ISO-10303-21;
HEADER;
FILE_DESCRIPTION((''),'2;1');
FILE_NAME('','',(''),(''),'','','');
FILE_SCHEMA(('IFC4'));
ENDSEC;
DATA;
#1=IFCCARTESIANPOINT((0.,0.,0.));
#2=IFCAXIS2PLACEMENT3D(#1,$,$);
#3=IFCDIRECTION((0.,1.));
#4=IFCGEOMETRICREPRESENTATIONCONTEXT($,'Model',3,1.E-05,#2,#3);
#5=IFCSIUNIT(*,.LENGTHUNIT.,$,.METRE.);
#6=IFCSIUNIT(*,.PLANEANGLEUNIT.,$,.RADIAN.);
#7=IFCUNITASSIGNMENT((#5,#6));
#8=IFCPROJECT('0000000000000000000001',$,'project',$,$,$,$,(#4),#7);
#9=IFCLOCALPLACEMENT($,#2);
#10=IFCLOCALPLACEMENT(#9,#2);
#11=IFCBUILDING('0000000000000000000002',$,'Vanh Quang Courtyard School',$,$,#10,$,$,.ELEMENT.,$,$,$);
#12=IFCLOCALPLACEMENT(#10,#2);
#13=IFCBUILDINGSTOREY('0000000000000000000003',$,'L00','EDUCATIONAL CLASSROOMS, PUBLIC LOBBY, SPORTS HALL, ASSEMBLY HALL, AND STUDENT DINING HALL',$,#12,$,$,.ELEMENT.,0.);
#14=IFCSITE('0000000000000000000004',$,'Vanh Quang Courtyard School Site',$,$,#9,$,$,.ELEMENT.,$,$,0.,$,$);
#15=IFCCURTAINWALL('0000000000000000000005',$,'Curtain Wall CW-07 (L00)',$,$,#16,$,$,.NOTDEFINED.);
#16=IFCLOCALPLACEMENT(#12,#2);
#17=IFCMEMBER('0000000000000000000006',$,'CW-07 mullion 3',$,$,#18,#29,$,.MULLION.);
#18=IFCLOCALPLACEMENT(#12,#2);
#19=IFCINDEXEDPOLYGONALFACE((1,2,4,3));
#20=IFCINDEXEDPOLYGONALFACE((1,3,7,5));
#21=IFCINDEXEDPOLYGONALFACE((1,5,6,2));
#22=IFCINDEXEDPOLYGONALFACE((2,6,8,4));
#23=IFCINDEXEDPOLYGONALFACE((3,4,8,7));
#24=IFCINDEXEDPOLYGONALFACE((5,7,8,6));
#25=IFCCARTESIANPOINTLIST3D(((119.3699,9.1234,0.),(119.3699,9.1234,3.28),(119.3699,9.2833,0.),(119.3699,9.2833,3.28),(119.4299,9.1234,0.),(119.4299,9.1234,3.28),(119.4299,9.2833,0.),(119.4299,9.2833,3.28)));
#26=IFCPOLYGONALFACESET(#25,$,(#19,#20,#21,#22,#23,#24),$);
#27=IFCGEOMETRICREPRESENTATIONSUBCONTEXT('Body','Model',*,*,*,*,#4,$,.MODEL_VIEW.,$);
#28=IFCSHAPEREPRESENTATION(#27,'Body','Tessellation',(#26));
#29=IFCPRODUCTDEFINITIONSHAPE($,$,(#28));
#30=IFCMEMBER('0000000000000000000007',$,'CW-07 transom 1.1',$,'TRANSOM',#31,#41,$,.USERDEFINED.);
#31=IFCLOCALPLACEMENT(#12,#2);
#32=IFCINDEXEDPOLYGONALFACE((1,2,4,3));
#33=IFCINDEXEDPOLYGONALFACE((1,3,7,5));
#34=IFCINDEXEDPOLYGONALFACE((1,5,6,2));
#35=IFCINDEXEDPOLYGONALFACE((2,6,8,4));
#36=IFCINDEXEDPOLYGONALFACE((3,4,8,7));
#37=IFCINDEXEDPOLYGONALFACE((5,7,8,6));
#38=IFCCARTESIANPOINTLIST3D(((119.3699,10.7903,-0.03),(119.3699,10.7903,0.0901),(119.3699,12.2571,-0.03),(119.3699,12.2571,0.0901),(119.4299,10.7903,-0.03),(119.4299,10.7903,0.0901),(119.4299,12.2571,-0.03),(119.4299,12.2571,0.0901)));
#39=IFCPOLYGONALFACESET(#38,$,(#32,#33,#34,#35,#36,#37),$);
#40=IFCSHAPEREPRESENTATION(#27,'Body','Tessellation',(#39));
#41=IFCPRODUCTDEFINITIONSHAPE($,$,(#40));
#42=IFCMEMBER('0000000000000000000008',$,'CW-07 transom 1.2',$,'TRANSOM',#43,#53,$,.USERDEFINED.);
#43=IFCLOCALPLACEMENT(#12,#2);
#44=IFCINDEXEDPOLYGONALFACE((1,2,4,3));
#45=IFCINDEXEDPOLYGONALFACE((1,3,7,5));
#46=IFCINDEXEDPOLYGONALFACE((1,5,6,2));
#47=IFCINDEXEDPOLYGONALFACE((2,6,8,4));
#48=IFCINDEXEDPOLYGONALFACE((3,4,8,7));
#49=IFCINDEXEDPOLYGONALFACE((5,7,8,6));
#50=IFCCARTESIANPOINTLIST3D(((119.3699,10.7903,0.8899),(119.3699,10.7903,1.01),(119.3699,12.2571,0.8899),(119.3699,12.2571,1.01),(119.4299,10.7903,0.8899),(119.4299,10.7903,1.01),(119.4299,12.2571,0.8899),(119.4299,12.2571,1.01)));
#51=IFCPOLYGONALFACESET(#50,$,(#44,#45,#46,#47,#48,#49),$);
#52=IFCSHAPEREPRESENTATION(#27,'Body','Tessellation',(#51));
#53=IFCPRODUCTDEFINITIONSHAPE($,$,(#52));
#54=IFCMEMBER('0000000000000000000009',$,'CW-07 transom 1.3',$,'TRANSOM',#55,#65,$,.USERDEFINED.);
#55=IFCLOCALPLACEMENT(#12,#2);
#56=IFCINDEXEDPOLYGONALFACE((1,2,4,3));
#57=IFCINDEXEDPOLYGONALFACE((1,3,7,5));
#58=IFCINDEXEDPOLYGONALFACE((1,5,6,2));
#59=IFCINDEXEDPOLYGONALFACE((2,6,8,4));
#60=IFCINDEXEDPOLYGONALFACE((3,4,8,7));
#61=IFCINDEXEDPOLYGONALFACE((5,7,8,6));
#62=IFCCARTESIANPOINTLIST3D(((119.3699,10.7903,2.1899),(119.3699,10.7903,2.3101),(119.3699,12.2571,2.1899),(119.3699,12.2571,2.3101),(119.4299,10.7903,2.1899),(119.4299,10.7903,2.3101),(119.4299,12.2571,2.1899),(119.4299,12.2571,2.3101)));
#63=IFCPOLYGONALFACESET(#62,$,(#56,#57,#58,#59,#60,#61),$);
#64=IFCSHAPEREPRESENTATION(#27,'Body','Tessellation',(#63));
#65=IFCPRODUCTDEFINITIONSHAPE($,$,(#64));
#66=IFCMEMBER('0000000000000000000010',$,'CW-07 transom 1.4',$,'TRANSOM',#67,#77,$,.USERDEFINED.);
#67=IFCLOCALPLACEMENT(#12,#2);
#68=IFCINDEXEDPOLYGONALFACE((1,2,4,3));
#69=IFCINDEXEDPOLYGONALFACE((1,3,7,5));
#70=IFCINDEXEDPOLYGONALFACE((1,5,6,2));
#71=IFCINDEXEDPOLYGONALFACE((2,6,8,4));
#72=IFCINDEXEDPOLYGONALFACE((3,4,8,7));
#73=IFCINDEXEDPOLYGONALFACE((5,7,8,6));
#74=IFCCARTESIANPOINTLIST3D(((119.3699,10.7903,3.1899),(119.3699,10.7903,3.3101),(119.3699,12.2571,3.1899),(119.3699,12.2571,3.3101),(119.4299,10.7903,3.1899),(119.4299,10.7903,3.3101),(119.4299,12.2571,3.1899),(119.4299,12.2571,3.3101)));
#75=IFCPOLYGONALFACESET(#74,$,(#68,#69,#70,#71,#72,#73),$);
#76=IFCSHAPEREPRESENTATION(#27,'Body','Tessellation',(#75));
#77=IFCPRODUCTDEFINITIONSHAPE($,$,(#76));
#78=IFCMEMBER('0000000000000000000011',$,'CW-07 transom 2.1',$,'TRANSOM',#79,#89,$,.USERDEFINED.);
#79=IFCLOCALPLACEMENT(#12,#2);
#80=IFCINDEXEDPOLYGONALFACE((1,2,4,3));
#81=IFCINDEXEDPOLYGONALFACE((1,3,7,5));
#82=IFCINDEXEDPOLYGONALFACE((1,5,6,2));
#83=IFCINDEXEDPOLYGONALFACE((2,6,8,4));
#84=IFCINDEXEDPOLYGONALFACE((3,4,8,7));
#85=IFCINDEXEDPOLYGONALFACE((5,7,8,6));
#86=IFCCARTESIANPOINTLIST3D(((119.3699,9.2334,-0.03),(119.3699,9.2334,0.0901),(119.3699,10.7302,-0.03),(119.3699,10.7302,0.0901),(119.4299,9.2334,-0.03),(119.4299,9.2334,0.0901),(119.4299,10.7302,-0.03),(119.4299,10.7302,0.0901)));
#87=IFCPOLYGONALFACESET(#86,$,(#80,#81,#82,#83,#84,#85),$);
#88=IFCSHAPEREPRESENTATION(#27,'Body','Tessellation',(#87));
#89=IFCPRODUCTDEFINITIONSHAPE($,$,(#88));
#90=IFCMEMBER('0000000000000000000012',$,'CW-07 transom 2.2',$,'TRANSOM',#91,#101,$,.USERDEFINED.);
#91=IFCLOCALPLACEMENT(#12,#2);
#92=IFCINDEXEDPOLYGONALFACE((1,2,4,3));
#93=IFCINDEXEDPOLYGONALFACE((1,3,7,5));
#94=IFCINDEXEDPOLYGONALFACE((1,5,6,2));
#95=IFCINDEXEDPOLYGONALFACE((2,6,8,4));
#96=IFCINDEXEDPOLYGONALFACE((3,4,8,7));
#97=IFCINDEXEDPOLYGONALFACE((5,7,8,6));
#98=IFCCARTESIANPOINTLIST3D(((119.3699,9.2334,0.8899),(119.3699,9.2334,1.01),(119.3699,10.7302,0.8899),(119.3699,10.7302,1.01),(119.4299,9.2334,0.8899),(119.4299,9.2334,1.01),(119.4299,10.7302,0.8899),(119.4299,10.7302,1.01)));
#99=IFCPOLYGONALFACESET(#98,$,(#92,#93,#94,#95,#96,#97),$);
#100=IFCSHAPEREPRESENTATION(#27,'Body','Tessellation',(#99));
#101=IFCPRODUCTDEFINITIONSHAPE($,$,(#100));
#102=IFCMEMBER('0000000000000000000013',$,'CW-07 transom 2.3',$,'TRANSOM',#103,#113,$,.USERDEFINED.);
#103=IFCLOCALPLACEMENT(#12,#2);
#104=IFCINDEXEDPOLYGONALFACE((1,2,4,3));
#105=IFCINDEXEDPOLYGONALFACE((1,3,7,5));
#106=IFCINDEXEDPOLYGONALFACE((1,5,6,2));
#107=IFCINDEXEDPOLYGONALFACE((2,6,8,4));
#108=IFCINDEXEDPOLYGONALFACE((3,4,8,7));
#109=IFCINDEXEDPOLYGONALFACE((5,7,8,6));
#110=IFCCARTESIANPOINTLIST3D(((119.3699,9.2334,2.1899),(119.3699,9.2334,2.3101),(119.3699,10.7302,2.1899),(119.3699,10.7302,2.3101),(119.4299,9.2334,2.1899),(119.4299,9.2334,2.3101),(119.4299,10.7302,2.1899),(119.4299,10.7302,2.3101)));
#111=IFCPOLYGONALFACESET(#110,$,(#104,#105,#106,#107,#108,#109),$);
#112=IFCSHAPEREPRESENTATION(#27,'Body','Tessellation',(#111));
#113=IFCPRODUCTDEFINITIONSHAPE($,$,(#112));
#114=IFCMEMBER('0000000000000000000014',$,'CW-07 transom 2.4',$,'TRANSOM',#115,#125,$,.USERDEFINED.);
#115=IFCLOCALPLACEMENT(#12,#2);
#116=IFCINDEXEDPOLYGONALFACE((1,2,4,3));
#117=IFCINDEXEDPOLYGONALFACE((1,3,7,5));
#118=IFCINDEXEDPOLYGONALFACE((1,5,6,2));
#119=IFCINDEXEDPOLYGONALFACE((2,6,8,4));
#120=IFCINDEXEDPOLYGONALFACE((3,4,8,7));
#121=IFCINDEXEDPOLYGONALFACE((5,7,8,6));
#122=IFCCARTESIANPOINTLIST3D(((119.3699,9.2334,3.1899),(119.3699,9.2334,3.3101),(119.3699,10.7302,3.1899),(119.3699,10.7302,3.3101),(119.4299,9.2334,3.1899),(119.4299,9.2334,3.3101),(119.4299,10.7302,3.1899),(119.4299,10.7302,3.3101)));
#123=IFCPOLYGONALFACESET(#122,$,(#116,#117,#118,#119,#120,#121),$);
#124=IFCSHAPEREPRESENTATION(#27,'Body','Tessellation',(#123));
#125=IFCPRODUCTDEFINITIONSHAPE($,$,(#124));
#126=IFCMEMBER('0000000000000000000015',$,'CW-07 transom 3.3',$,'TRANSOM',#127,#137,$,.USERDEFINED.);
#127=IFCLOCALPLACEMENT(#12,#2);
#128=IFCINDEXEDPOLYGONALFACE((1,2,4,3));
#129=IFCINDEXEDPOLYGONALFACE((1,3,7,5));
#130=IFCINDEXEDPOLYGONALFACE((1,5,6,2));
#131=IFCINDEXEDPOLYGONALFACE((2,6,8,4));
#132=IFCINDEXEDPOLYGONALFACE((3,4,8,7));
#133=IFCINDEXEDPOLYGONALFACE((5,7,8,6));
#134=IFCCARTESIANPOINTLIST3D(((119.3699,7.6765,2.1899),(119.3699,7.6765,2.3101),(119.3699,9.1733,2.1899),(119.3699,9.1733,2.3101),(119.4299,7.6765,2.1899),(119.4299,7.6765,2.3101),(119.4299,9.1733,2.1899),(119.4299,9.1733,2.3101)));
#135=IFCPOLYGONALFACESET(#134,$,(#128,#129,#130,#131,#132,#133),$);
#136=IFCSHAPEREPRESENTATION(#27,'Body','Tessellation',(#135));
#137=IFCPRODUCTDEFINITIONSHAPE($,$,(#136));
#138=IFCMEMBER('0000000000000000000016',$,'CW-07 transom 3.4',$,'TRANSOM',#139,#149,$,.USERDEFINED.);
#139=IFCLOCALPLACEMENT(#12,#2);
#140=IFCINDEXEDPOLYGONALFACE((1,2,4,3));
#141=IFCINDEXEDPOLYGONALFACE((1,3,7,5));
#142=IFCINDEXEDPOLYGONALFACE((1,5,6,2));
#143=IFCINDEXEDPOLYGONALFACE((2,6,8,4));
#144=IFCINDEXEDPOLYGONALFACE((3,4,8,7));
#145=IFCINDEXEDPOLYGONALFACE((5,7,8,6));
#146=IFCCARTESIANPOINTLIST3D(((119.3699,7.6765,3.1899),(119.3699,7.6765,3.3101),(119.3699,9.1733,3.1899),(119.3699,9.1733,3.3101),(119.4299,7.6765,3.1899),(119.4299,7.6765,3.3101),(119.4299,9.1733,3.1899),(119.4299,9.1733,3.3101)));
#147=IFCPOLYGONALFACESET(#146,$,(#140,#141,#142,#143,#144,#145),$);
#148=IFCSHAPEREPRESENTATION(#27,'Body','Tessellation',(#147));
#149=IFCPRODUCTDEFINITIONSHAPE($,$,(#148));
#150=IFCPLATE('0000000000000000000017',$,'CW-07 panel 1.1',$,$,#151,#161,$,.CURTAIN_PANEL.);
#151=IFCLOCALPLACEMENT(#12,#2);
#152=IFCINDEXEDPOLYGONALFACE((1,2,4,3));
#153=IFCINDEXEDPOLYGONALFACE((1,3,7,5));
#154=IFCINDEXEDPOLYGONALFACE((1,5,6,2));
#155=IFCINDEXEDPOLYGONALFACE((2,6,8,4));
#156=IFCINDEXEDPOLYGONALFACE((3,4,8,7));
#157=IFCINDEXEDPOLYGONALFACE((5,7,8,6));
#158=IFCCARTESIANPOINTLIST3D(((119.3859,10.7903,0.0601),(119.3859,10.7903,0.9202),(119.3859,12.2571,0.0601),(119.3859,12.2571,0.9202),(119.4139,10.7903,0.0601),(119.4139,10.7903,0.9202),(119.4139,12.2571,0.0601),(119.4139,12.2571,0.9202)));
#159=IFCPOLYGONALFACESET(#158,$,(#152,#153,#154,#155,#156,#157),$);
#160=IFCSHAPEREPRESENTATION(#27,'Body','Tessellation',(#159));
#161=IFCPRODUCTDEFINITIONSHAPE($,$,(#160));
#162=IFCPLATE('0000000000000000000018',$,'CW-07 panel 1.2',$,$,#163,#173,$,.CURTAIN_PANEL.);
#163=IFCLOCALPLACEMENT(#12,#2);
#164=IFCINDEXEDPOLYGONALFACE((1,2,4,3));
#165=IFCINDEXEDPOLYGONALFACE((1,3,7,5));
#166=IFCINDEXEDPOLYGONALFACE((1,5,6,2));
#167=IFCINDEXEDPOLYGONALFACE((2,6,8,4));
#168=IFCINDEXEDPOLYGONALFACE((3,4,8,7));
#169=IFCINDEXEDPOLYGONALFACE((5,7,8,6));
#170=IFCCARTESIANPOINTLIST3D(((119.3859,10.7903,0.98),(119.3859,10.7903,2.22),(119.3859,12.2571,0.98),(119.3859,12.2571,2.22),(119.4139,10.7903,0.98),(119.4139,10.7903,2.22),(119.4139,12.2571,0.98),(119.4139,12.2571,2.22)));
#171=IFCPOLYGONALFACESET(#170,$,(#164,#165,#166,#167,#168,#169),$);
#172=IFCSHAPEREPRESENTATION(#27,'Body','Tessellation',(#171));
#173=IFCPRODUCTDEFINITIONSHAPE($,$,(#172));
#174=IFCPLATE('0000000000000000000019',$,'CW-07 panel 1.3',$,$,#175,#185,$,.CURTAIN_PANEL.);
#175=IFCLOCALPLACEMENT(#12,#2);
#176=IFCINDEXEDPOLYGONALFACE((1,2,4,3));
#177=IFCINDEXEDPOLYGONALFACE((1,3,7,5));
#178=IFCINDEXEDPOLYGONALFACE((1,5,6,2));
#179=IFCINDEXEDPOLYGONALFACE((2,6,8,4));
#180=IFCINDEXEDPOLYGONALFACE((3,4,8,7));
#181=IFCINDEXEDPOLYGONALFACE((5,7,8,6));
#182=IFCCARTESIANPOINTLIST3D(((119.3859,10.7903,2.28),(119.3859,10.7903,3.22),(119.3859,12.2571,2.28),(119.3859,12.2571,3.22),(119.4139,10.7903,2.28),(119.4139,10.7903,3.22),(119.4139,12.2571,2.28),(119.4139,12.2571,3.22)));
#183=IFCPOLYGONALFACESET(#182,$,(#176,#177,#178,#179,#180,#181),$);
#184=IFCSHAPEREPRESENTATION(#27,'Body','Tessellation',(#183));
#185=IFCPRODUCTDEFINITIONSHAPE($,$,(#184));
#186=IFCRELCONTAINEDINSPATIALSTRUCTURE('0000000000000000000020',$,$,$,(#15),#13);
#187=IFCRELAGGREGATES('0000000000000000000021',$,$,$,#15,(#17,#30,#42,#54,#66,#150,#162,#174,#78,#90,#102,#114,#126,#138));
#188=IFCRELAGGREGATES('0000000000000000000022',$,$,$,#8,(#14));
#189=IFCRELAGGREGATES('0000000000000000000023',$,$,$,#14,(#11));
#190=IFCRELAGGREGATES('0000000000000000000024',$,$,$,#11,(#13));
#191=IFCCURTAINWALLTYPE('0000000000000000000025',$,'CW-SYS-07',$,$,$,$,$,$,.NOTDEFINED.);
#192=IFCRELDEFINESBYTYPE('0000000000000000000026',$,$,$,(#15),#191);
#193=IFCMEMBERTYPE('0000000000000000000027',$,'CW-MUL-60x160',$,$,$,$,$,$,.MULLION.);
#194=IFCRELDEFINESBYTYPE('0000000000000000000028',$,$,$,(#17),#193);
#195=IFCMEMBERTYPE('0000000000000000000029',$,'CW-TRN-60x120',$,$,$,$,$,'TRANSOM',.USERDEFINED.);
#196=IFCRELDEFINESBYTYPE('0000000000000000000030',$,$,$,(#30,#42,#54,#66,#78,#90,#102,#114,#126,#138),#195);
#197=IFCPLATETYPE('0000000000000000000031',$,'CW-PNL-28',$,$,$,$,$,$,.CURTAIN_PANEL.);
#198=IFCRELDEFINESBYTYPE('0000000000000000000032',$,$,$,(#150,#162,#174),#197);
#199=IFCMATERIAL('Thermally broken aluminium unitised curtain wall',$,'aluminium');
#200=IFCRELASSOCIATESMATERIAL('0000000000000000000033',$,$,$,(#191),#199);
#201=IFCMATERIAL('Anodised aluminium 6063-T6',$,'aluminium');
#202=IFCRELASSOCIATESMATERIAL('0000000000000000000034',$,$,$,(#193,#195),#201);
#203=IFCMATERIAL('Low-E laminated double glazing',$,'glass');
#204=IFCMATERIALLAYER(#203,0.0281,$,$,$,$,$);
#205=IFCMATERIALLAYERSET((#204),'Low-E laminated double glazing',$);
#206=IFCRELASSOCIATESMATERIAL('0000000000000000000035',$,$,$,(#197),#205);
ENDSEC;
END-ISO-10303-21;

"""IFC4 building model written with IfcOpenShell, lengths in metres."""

from ifc_helpers import new_model, si_unit, direction, frame, origin, origin_2d, place, context, subcontext, project, spatial, rectangle, extrude, material, layer, layer_set, material_profile, profile_set, type_object, element, aggregate, save


model = new_model("IFC4")

# Units and contexts
model_context = context("Model", 3, precision=1e-05, world=origin(), true_north=direction((0.0, 1.0)))
body_context = subcontext(model_context, "Body", "Model", "MODEL_VIEW")
ifc_project = project(units=[si_unit("LENGTHUNIT", "METRE"), si_unit("PLANEANGLEUNIT", "RADIAN")], contexts=[model_context])

# Site, building, storey
site_placement = place(None, origin())
site = spatial("IfcSite", under=ifc_project, at=site_placement, Name="Vanh Quang Courtyard School Site", CompositionType="ELEMENT", RefElevation=0.0)
building_placement = place(site_placement, origin())
building = spatial("IfcBuilding", under=site, at=building_placement, Name="Vanh Quang Courtyard School", CompositionType="ELEMENT")
storey_placement = place(building_placement, origin())
storey = spatial("IfcBuildingStorey", under=building, at=storey_placement, Name="L00", Description="EDUCATIONAL CLASSROOMS, PUBLIC LOBBY, SPORTS HALL, ASSEMBLY HALL, AND STUDENT DINING HALL", CompositionType="ELEMENT", Elevation=0.0)

# Curtain wall, members, plates
ifc_material_1 = material(Name="Thermally broken aluminium unitised curtain wall", Category="aluminium")
curtain_wall_type = type_object("IfcCurtainWallType", Name="CW-SYS-07", PredefinedType="NOTDEFINED", material=ifc_material_1)
curtain_wall_placement = place(storey_placement, origin())
curtain_wall = element("IfcCurtainWall", 1, at=curtain_wall_placement, inside=storey, type_object=curtain_wall_type, Name="Curtain Wall CW-07 (L00)", PredefinedType="NOTDEFINED")
ifc_material_2 = material(Name="Anodised aluminium 6063-T6", Category="aluminium")
ifc_material_profile_1 = material_profile(ifc_material_2, rectangle(XDim=0.0601, YDim=0.1599, at=origin_2d()), Name="ALU-MUL 60x160")
ifc_profile_set_1 = profile_set([ifc_material_profile_1], Name="Anodised aluminium 6063-T6")
member_type_1 = type_object("IfcMemberType", Name="CW-MUL-60x160", PredefinedType="MULLION", material=ifc_profile_set_1)
member_1_placement = place(storey_placement, frame((119.3999, 9.2034, 0.0), z_axis=(0.0, 0.0, 1.0), x_axis=(1.0, 0.0, 0.0)))
member_1 = element("IfcMember", 2, at=member_1_placement, type_object=member_type_1, Name="CW-07 mullion 3", PredefinedType="MULLION", context=body_context, shape_type="SweptSolid", body=[
    extrude(rectangle(XDim=0.0601, YDim=0.1599, at=origin_2d()), origin(), (0.0, 0.0, 1.0), 3.28),
])
ifc_material_profile_2 = material_profile(ifc_material_2, rectangle(XDim=0.0601, YDim=0.1201, at=origin_2d()), Name="ALU-TRN 60x120")
ifc_profile_set_2 = profile_set([ifc_material_profile_2], Name="Anodised aluminium 6063-T6")
member_type_2 = type_object("IfcMemberType", Name="CW-TRN-60x120", ElementType="TRANSOM", PredefinedType="USERDEFINED", material=ifc_profile_set_2)
member_2_placement = place(storey_placement, frame((119.3999, 12.2571, 0.03), z_axis=(0.0, -1.0, 0.0), x_axis=(1.0, 0.0, 0.0)))
member_2 = element("IfcMember", 3, at=member_2_placement, type_object=member_type_2, Name="CW-07 transom 1.1", ObjectType="TRANSOM", PredefinedType="USERDEFINED", context=body_context, shape_type="SweptSolid", body=[
    extrude(rectangle(XDim=0.0601, YDim=0.1201, at=origin_2d()), origin(), (0.0, 0.0, 1.0), 1.4668),
])
member_3_placement = place(storey_placement, frame((119.3999, 12.2571, 0.95), z_axis=(0.0, -1.0, 0.0), x_axis=(1.0, 0.0, 0.0)))
member_3 = element("IfcMember", 4, at=member_3_placement, type_object=member_type_2, Name="CW-07 transom 1.2", ObjectType="TRANSOM", PredefinedType="USERDEFINED", context=body_context, shape_type="SweptSolid", body=[
    extrude(rectangle(XDim=0.0601, YDim=0.1201, at=origin_2d()), origin(), (0.0, 0.0, 1.0), 1.4668),
])
member_4_placement = place(storey_placement, frame((119.3999, 12.2571, 2.25), z_axis=(0.0, -1.0, 0.0), x_axis=(1.0, 0.0, 0.0)))
member_4 = element("IfcMember", 5, at=member_4_placement, type_object=member_type_2, Name="CW-07 transom 1.3", ObjectType="TRANSOM", PredefinedType="USERDEFINED", context=body_context, shape_type="SweptSolid", body=[
    extrude(rectangle(XDim=0.0601, YDim=0.1201, at=origin_2d()), origin(), (0.0, 0.0, 1.0), 1.4668),
])
member_5_placement = place(storey_placement, frame((119.3999, 12.2571, 3.25), z_axis=(0.0, -1.0, 0.0), x_axis=(1.0, 0.0, 0.0)))
member_5 = element("IfcMember", 6, at=member_5_placement, type_object=member_type_2, Name="CW-07 transom 1.4", ObjectType="TRANSOM", PredefinedType="USERDEFINED", context=body_context, shape_type="SweptSolid", body=[
    extrude(rectangle(XDim=0.0601, YDim=0.1201, at=origin_2d()), origin(), (0.0, 0.0, 1.0), 1.4668),
])
member_6_placement = place(storey_placement, frame((119.3999, 10.7302, 0.03), z_axis=(0.0, -1.0, 0.0), x_axis=(1.0, 0.0, 0.0)))
member_6 = element("IfcMember", 7, at=member_6_placement, type_object=member_type_2, Name="CW-07 transom 2.1", ObjectType="TRANSOM", PredefinedType="USERDEFINED", context=body_context, shape_type="SweptSolid", body=[
    extrude(rectangle(XDim=0.0601, YDim=0.1201, at=origin_2d()), origin(), (0.0, 0.0, 1.0), 1.4968),
])
member_7_placement = place(storey_placement, frame((119.3999, 10.7302, 0.95), z_axis=(0.0, -1.0, 0.0), x_axis=(1.0, 0.0, 0.0)))
member_7 = element("IfcMember", 8, at=member_7_placement, type_object=member_type_2, Name="CW-07 transom 2.2", ObjectType="TRANSOM", PredefinedType="USERDEFINED", context=body_context, shape_type="SweptSolid", body=[
    extrude(rectangle(XDim=0.0601, YDim=0.1201, at=origin_2d()), origin(), (0.0, 0.0, 1.0), 1.4968),
])
member_8_placement = place(storey_placement, frame((119.3999, 10.7302, 2.25), z_axis=(0.0, -1.0, 0.0), x_axis=(1.0, 0.0, 0.0)))
member_8 = element("IfcMember", 9, at=member_8_placement, type_object=member_type_2, Name="CW-07 transom 2.3", ObjectType="TRANSOM", PredefinedType="USERDEFINED", context=body_context, shape_type="SweptSolid", body=[
    extrude(rectangle(XDim=0.0601, YDim=0.1201, at=origin_2d()), origin(), (0.0, 0.0, 1.0), 1.4968),
])
member_9_placement = place(storey_placement, frame((119.3999, 10.7302, 3.25), z_axis=(0.0, -1.0, 0.0), x_axis=(1.0, 0.0, 0.0)))
member_9 = element("IfcMember", 10, at=member_9_placement, type_object=member_type_2, Name="CW-07 transom 2.4", ObjectType="TRANSOM", PredefinedType="USERDEFINED", context=body_context, shape_type="SweptSolid", body=[
    extrude(rectangle(XDim=0.0601, YDim=0.1201, at=origin_2d()), origin(), (0.0, 0.0, 1.0), 1.4968),
])
member_10_placement = place(storey_placement, frame((119.3999, 9.1733, 2.25), z_axis=(0.0, -1.0, 0.0), x_axis=(1.0, 0.0, 0.0)))
member_10 = element("IfcMember", 11, at=member_10_placement, type_object=member_type_2, Name="CW-07 transom 3.3", ObjectType="TRANSOM", PredefinedType="USERDEFINED", context=body_context, shape_type="SweptSolid", body=[
    extrude(rectangle(XDim=0.0601, YDim=0.1201, at=origin_2d()), origin(), (0.0, 0.0, 1.0), 1.4968),
])
member_11_placement = place(storey_placement, frame((119.3999, 9.1733, 3.25), z_axis=(0.0, -1.0, 0.0), x_axis=(1.0, 0.0, 0.0)))
member_11 = element("IfcMember", 12, at=member_11_placement, type_object=member_type_2, Name="CW-07 transom 3.4", ObjectType="TRANSOM", PredefinedType="USERDEFINED", context=body_context, shape_type="SweptSolid", body=[
    extrude(rectangle(XDim=0.0601, YDim=0.1201, at=origin_2d()), origin(), (0.0, 0.0, 1.0), 1.4968),
])
ifc_material_3 = material(Name="Low-E laminated double glazing", Category="glass")
ifc_layer_1 = layer(ifc_material_3, 0.0281)
ifc_layer_set_1 = layer_set([ifc_layer_1], Name="Low-E laminated double glazing")
plate_type = type_object("IfcPlateType", Name="CW-PNL-28", PredefinedType="CURTAIN_PANEL", material=ifc_layer_set_1)
plate_1_placement = place(storey_placement, frame((119.3999, 11.5237, 0.0601), z_axis=(0.0, 0.0, 1.0), x_axis=(0.0, -1.0, 0.0)))
plate_1 = element("IfcPlate", 13, at=plate_1_placement, type_object=plate_type, Name="CW-07 panel 1.1", PredefinedType="CURTAIN_PANEL", context=body_context, shape_type="SweptSolid", body=[
    extrude(rectangle(XDim=1.4668, YDim=0.0281, at=origin_2d()), origin(), (0.0, 0.0, 1.0), 0.8601),
])
plate_2_placement = place(storey_placement, frame((119.3999, 11.5237, 0.98), z_axis=(0.0, 0.0, 1.0), x_axis=(0.0, -1.0, 0.0)))
plate_2 = element("IfcPlate", 14, at=plate_2_placement, type_object=plate_type, Name="CW-07 panel 1.2", PredefinedType="CURTAIN_PANEL", context=body_context, shape_type="SweptSolid", body=[
    extrude(rectangle(XDim=1.4668, YDim=0.0281, at=origin_2d()), origin(), (0.0, 0.0, 1.0), 1.24),
])
plate_3_placement = place(storey_placement, frame((119.3999, 11.5237, 2.28), z_axis=(0.0, 0.0, 1.0), x_axis=(0.0, -1.0, 0.0)))
plate_3 = element("IfcPlate", 15, at=plate_3_placement, type_object=plate_type, Name="CW-07 panel 1.3", PredefinedType="CURTAIN_PANEL", context=body_context, shape_type="SweptSolid", body=[
    extrude(rectangle(XDim=1.4668, YDim=0.0281, at=origin_2d()), origin(), (0.0, 0.0, 1.0), 0.9399),
])
aggregate(curtain_wall, [member_1, member_2, member_3, member_4, member_5, plate_1, plate_2, plate_3, member_6, member_7, member_8, member_9, member_10, member_11])

save(model, "model.ifc")
